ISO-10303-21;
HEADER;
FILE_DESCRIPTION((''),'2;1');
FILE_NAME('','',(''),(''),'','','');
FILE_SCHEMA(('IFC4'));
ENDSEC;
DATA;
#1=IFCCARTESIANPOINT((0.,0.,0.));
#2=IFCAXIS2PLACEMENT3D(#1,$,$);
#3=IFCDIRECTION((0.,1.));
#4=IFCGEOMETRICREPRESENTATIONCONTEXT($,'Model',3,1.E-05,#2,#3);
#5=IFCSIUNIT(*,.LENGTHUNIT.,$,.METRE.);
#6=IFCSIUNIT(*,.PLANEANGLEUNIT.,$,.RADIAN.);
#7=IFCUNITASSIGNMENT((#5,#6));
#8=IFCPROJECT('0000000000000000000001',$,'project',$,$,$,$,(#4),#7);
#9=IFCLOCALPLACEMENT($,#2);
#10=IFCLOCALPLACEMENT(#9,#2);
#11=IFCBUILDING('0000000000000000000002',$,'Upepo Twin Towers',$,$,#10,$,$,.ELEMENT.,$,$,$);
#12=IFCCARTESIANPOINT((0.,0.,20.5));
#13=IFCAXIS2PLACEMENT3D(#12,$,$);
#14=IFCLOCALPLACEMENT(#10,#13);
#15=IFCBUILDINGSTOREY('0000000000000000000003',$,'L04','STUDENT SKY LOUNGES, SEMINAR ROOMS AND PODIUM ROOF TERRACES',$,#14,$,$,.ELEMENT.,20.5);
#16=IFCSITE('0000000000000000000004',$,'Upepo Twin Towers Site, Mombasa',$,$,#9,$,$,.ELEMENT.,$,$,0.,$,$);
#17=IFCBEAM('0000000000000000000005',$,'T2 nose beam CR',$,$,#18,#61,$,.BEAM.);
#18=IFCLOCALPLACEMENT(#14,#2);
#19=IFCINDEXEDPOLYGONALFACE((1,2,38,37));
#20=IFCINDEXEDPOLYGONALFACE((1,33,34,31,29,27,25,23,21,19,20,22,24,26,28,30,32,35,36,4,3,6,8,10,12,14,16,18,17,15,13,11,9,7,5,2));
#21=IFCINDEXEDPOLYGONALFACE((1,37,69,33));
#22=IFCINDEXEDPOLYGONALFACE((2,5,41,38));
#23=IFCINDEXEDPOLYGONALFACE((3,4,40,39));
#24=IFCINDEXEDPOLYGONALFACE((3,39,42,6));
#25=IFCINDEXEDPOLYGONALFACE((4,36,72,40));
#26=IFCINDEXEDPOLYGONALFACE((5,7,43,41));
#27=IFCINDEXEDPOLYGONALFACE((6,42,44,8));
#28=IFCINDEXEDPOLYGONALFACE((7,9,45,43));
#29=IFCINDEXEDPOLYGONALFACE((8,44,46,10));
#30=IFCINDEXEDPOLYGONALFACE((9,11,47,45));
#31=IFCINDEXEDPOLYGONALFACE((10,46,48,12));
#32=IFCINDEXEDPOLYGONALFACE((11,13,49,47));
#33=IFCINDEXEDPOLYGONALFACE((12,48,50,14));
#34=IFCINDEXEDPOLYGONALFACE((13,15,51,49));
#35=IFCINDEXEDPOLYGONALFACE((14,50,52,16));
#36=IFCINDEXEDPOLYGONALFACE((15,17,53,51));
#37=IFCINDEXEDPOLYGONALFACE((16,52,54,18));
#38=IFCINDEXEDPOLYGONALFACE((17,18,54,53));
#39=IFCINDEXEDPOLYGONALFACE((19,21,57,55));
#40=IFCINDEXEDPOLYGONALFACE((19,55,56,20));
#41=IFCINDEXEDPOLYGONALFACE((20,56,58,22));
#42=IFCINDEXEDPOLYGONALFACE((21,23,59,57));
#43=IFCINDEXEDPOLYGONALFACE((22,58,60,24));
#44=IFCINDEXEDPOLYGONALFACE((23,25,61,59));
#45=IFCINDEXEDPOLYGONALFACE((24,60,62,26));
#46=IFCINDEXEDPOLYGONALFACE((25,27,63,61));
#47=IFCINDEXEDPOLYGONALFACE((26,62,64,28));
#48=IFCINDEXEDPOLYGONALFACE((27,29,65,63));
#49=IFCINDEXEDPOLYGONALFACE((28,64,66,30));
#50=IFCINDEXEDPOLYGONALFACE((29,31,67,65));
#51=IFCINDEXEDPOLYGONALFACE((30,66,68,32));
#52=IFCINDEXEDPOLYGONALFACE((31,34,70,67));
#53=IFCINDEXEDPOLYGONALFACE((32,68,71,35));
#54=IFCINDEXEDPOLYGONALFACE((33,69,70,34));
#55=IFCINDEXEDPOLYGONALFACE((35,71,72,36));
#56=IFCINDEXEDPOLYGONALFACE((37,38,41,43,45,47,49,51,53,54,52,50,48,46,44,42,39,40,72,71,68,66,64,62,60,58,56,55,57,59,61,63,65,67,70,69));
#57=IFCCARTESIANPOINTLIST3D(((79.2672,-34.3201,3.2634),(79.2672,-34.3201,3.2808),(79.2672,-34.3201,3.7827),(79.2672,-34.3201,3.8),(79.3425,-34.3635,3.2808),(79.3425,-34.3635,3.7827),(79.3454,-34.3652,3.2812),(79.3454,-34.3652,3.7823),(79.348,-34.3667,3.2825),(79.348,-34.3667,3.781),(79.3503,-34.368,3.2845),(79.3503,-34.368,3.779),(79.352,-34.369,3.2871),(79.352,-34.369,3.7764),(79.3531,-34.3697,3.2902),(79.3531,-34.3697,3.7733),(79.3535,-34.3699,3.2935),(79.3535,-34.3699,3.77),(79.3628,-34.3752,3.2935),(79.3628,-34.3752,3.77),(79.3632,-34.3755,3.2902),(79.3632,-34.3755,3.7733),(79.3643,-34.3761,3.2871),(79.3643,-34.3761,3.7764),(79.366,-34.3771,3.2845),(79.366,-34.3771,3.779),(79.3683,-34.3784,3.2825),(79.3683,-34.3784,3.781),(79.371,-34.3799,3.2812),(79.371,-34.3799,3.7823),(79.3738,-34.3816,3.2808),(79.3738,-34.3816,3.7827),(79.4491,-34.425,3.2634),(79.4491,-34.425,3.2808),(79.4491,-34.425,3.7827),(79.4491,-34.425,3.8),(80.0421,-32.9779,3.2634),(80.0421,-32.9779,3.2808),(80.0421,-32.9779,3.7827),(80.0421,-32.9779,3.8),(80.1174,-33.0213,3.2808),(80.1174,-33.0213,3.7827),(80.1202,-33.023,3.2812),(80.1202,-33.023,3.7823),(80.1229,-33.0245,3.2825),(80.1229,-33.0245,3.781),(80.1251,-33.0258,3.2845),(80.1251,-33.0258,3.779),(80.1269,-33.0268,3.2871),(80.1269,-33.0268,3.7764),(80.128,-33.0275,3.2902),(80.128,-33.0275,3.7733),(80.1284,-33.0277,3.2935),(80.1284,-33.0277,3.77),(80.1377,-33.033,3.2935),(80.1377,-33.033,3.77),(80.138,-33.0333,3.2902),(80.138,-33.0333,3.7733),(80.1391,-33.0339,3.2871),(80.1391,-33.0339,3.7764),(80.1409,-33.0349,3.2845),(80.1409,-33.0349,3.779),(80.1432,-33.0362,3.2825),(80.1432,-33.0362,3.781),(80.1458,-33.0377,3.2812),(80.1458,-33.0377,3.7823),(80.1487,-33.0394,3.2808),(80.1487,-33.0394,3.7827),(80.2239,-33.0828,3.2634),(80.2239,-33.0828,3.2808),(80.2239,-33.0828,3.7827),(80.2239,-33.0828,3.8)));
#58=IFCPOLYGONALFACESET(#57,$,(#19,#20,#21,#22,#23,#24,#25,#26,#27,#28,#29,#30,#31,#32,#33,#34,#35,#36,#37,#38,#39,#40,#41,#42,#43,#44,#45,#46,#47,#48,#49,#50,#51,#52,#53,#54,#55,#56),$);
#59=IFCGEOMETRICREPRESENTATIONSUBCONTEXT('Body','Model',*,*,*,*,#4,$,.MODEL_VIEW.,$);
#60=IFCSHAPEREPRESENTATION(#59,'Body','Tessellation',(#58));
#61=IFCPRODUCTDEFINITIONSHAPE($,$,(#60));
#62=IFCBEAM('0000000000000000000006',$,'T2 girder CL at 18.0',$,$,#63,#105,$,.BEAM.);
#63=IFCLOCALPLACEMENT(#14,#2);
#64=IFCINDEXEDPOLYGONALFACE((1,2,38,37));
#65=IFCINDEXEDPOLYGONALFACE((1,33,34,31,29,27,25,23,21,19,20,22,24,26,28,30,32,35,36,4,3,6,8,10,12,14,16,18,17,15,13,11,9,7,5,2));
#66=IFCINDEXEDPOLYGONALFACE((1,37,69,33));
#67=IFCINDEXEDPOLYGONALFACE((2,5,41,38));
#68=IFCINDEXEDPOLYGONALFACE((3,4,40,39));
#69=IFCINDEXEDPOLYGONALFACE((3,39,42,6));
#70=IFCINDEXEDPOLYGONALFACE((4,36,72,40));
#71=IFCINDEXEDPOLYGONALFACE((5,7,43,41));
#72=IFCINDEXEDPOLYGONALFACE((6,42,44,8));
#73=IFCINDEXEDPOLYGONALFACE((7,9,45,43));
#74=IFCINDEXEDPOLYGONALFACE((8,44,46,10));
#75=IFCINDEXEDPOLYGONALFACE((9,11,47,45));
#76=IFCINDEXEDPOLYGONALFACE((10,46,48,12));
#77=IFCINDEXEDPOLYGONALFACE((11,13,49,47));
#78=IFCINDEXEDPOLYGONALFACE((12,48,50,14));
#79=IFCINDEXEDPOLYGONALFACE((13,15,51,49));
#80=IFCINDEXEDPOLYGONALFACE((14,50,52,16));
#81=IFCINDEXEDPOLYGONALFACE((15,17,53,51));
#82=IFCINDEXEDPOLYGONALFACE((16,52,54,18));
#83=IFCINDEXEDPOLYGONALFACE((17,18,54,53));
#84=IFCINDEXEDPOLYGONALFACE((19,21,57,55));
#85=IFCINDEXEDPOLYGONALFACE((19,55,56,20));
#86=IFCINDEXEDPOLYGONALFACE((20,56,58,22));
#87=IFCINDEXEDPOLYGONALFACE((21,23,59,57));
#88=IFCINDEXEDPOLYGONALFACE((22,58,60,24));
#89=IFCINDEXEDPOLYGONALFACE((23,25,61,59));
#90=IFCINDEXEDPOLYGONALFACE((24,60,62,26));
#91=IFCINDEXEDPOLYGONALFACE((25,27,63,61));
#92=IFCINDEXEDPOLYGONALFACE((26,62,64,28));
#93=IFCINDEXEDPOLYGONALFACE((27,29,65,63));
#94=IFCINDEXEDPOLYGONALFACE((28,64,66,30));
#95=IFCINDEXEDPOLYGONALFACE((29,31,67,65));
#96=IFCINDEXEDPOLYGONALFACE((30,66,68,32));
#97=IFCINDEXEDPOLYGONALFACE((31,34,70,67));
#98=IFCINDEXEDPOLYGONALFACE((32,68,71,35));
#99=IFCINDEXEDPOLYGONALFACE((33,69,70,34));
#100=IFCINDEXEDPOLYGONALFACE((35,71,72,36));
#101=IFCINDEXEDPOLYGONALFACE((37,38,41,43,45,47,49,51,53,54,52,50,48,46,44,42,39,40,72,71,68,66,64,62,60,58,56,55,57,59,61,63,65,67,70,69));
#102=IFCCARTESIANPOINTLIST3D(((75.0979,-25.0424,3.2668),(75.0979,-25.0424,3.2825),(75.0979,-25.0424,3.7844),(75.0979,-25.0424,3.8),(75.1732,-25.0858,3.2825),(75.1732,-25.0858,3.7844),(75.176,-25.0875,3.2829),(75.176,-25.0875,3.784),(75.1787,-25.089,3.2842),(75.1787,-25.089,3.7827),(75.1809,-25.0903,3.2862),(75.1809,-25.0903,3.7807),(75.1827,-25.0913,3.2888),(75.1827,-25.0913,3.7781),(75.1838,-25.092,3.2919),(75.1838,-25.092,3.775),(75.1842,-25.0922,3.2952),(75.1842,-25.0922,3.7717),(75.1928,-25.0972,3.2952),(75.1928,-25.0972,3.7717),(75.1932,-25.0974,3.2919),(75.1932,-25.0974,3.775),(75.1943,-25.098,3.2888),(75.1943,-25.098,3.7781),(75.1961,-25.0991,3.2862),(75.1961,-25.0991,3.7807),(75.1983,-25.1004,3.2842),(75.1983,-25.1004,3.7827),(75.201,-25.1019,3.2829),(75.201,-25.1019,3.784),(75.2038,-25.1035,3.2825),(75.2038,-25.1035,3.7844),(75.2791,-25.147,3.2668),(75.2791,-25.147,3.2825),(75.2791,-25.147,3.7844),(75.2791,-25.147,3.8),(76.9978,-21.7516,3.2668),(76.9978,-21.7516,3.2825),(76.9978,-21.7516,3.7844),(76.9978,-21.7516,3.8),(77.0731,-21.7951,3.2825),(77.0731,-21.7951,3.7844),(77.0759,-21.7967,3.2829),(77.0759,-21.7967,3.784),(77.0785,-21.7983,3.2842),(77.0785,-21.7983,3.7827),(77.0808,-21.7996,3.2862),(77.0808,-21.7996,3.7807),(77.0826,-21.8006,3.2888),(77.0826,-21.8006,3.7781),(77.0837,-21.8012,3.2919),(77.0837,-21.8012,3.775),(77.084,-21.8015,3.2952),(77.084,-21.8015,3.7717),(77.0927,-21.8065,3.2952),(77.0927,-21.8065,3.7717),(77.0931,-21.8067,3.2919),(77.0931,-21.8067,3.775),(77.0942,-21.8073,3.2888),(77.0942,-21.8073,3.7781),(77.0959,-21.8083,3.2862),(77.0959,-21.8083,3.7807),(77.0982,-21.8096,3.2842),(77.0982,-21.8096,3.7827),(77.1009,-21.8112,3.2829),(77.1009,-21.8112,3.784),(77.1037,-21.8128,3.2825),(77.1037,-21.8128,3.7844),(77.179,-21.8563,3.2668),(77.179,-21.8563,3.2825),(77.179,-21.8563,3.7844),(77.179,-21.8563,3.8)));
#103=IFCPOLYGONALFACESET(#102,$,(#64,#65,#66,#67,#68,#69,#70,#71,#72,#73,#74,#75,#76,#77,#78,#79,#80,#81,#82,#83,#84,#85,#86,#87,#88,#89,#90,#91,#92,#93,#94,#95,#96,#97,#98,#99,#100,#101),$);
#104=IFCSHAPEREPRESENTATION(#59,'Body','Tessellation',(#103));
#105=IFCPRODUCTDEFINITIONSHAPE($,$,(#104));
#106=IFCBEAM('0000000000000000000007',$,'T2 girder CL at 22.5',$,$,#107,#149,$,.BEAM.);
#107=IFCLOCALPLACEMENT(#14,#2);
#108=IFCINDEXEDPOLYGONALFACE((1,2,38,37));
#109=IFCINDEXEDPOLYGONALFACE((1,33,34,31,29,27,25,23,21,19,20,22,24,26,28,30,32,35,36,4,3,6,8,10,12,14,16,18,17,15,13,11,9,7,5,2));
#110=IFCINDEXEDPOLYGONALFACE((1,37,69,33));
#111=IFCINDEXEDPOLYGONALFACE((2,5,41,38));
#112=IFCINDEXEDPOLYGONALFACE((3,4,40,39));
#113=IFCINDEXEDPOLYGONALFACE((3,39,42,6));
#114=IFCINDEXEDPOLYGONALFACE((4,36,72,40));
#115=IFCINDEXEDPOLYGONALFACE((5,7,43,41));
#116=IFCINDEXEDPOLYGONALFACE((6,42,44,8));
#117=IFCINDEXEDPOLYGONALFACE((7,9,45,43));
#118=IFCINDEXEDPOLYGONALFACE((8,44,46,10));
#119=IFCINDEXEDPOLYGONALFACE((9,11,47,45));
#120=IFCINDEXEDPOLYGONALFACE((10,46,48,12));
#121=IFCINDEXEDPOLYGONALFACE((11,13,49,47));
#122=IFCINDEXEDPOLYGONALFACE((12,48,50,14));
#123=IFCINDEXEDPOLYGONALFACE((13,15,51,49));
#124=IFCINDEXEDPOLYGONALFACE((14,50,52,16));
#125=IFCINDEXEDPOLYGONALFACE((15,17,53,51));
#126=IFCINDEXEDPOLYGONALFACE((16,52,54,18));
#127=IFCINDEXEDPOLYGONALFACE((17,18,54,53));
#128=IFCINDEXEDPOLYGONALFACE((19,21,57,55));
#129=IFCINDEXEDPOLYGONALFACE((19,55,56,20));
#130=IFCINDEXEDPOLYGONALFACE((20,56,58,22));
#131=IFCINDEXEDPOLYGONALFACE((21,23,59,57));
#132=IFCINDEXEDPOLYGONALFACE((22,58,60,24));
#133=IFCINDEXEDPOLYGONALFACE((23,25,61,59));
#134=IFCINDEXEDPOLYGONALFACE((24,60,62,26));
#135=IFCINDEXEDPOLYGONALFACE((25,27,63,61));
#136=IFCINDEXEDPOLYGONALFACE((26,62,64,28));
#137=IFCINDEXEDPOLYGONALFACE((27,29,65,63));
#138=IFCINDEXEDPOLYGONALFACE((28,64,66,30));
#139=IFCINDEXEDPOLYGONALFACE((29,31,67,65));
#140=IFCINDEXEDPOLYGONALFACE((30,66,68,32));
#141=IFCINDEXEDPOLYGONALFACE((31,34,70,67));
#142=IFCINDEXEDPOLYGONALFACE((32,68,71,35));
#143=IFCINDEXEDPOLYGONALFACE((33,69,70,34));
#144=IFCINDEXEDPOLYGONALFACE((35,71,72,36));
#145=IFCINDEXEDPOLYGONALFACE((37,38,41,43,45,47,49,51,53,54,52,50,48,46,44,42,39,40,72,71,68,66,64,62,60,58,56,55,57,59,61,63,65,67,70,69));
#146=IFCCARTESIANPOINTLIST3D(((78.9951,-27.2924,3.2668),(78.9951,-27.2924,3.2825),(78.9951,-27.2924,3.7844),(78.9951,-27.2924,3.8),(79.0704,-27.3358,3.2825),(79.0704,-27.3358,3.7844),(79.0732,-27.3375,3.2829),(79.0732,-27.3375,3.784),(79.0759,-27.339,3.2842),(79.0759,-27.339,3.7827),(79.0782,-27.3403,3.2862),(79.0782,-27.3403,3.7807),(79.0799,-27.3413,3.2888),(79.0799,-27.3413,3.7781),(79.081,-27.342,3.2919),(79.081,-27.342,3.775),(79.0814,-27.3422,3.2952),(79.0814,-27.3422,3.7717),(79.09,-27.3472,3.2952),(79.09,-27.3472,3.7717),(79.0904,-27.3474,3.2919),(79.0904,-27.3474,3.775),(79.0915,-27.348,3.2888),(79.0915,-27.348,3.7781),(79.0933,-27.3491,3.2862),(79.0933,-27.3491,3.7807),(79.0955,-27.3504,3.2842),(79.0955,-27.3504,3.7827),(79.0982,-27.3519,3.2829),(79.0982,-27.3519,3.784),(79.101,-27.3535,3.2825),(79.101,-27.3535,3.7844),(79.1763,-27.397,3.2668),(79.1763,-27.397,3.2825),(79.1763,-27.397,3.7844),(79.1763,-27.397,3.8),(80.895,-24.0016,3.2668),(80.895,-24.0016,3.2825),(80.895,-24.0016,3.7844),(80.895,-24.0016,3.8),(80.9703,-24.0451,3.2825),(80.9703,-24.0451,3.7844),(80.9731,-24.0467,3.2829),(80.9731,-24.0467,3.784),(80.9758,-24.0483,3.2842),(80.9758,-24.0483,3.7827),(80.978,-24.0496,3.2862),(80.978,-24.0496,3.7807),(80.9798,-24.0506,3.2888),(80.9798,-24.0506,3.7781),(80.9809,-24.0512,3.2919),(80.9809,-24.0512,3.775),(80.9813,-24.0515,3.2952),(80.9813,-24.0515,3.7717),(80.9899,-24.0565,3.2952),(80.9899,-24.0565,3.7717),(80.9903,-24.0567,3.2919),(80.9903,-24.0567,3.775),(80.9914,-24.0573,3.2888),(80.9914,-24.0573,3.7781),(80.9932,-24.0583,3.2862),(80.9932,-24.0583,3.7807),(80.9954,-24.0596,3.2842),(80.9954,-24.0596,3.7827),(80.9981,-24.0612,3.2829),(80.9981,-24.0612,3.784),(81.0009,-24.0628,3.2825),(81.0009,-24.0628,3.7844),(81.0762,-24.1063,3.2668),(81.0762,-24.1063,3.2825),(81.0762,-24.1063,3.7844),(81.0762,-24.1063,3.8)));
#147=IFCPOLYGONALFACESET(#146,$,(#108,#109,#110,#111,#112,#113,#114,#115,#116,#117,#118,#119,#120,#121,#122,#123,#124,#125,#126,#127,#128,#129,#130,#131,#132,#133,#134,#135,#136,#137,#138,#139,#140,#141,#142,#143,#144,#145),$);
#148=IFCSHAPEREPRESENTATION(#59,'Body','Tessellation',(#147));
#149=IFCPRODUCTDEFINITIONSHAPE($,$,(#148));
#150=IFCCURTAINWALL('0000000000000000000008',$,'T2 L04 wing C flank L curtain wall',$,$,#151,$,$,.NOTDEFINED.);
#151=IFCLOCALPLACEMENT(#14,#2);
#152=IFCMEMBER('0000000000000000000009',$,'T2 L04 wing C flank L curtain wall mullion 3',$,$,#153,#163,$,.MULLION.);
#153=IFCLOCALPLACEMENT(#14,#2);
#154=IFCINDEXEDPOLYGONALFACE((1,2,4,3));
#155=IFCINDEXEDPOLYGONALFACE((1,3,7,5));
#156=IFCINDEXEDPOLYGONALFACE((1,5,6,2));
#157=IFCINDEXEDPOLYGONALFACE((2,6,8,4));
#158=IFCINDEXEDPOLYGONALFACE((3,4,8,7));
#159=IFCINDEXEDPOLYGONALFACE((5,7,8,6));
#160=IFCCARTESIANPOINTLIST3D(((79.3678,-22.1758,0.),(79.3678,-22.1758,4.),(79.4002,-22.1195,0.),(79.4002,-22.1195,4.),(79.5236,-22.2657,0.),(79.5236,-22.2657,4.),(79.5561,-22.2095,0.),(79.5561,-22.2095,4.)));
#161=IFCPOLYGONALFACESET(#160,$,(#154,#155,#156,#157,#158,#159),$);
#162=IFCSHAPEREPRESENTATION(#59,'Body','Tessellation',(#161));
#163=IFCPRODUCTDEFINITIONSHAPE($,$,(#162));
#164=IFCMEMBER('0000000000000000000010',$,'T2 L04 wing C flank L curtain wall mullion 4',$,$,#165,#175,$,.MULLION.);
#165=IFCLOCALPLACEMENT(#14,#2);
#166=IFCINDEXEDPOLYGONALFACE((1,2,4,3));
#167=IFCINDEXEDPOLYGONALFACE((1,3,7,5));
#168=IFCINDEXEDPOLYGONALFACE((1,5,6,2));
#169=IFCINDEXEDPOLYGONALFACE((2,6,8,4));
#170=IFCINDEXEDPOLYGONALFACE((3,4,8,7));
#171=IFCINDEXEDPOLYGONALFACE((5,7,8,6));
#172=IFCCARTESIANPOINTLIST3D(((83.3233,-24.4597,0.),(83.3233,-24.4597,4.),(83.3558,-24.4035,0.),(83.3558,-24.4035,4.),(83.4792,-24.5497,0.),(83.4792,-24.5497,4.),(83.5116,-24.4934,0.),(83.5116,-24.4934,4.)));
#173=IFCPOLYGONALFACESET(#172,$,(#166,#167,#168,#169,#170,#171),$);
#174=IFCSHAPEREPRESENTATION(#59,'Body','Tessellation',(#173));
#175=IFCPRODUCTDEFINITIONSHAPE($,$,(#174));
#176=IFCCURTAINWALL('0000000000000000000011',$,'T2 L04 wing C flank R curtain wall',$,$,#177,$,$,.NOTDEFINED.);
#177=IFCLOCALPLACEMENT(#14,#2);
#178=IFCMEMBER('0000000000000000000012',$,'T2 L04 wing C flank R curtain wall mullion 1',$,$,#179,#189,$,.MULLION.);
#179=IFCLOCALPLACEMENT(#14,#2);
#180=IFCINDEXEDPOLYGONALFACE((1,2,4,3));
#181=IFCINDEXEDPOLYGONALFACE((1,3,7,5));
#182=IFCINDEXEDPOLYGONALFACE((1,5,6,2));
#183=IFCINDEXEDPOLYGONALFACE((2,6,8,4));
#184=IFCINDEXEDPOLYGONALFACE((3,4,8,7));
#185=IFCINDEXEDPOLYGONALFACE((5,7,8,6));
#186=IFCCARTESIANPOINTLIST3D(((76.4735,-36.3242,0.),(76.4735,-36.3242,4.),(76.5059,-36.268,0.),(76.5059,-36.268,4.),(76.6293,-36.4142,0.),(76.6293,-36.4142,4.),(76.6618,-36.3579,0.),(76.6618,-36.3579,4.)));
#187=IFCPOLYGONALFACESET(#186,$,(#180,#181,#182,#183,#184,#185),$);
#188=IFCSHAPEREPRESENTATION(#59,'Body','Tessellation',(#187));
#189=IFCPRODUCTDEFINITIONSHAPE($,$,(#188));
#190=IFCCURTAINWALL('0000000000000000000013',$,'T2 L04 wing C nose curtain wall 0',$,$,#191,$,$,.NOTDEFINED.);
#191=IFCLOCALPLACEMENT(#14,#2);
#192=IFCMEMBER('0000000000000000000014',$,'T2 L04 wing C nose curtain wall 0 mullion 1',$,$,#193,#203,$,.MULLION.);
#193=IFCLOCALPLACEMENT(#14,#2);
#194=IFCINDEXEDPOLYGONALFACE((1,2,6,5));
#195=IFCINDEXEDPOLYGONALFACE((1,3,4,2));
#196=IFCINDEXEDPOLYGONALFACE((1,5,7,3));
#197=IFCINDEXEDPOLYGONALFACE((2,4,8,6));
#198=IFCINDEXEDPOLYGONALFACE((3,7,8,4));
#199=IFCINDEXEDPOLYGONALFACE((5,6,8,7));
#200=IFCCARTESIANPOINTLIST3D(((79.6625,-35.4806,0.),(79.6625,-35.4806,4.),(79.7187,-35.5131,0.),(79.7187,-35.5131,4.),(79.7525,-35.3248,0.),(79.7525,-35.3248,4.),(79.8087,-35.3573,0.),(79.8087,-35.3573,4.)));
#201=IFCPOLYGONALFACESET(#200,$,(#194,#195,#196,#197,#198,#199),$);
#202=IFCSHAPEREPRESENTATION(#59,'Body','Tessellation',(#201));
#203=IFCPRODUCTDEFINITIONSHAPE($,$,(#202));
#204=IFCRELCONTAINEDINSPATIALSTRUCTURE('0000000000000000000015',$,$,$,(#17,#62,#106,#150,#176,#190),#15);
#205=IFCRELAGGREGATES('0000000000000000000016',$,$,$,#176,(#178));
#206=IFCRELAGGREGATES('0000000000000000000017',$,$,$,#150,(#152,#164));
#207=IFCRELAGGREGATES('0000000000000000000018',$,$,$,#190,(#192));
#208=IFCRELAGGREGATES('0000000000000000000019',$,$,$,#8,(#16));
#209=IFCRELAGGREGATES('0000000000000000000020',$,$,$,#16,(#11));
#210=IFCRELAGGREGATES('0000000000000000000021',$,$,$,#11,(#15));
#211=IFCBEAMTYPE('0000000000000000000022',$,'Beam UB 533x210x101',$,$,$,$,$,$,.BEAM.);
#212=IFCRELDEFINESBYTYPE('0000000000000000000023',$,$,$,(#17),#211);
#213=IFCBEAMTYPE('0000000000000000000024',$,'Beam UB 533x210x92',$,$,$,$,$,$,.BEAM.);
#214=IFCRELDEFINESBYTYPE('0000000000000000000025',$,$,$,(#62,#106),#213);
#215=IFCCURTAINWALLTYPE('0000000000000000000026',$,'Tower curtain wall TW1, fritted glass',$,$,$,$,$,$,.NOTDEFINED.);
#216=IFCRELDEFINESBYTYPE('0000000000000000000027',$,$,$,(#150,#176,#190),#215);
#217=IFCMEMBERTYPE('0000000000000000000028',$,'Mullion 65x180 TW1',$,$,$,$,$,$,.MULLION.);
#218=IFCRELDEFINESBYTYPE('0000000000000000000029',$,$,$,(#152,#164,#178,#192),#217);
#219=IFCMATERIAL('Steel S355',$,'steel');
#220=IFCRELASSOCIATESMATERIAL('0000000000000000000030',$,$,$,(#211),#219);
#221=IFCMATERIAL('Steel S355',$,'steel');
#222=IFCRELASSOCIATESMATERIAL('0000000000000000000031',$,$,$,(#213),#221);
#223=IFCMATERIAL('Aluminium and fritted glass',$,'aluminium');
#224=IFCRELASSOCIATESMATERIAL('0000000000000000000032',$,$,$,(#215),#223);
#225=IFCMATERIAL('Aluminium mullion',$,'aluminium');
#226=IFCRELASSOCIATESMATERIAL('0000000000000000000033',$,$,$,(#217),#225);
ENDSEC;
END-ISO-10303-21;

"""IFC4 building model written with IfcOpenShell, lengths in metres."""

from ifc_helpers import new_model, si_unit, direction, frame, origin, origin_2d, place, context, subcontext, project, spatial, rectangle, i_section, extrude, material, material_profile, profile_set, type_object, element, aggregate, save


model = new_model("IFC4")

# Units and contexts
model_context = context("Model", 3, precision=1e-05, world=origin(), true_north=direction((0.0, 1.0)))
body_context = subcontext(model_context, "Body", "Model", "MODEL_VIEW")
ifc_project = project(units=[si_unit("LENGTHUNIT", "METRE"), si_unit("PLANEANGLEUNIT", "RADIAN")], contexts=[model_context])

# Site, building, storey
site_placement = place(None, origin())
site = spatial("IfcSite", under=ifc_project, at=site_placement, Name="Upepo Twin Towers Site, Mombasa", CompositionType="ELEMENT", RefElevation=0.0)
building_placement = place(site_placement, origin())
building = spatial("IfcBuilding", under=site, at=building_placement, Name="Upepo Twin Towers", CompositionType="ELEMENT")
storey_placement = place(building_placement, frame((0.0, 0.0, 20.5)))
storey = spatial("IfcBuildingStorey", under=building, at=storey_placement, Name="L04", Description="STUDENT SKY LOUNGES, SEMINAR ROOMS AND PODIUM ROOF TERRACES", CompositionType="ELEMENT", Elevation=20.5)

# Beams
ifc_material_1 = material(Name="Steel S355", Category="steel")
ifc_material_profile_1 = material_profile(ifc_material_1, i_section(OverallWidth=0.21, OverallDepth=0.5366, WebThickness=0.0107, FlangeThickness=0.0173, FilletRadius=0.0127, at=origin_2d()), Name="UB 533x210x101")
ifc_profile_set_1 = profile_set([ifc_material_profile_1], Name="Steel S355")
beam_type_1 = type_object("IfcBeamType", Name="Beam UB 533x210x101", PredefinedType="BEAM", material=ifc_profile_set_1)
for number, where, z_axis, x_axis, name in (
    (1, (79.3582, -34.3726, 3.5317), (0.499968, 0.866044, 0.0), (-0.866044, 0.499968, 0.0), "T2 nose beam CR"),
):
    element("IfcBeam", number, at=place(storey_placement, frame(where, z_axis=z_axis, x_axis=x_axis)), inside=storey, type_object=beam_type_1, Name=name, PredefinedType="BEAM", context=body_context, shape_type="SweptSolid", body=[
        extrude(i_section(OverallWidth=0.21, OverallDepth=0.5366, WebThickness=0.0107, FlangeThickness=0.0173, FilletRadius=0.0127, at=origin_2d()), origin(), (0.0, 0.0, 1.0), 1.5498),
    ])
ifc_material_2 = material(Name="Steel S355", Category="steel")
ifc_material_profile_2 = material_profile(ifc_material_2, i_section(OverallWidth=0.2092, OverallDepth=0.5332, WebThickness=0.01, FlangeThickness=0.0156, FilletRadius=0.0127, at=origin_2d()), Name="UB 533x210x92")
ifc_profile_set_2 = profile_set([ifc_material_profile_2], Name="Steel S355")
beam_type_2 = type_object("IfcBeamType", Name="Beam UB 533x210x92", PredefinedType="BEAM", material=ifc_profile_set_2)
for number, where, z_axis, x_axis, name in (
    (2, (77.0884, -21.804, 3.5334), (-0.499995, -0.866028, 0.0), (0.866028, -0.499995, 0.0), "T2 girder CL at 18.0"),
    (3, (80.9856, -24.054, 3.5334), (-0.499995, -0.866028, 0.0), (0.866028, -0.499995, 0.0), "T2 girder CL at 22.5"),
):
    element("IfcBeam", number, at=place(storey_placement, frame(where, z_axis=z_axis, x_axis=x_axis)), inside=storey, type_object=beam_type_2, Name=name, PredefinedType="BEAM", context=body_context, shape_type="SweptSolid", body=[
        extrude(i_section(OverallWidth=0.2092, OverallDepth=0.5332, WebThickness=0.01, FlangeThickness=0.0156, FilletRadius=0.0127, at=origin_2d()), origin(), (0.0, 0.0, 1.0), 3.7998),
    ])

# Curtain wall, members
ifc_material_3 = material(Name="Aluminium and fritted glass", Category="aluminium")
curtain_wall_type = type_object("IfcCurtainWallType", Name="Tower curtain wall TW1, fritted glass", PredefinedType="NOTDEFINED", material=ifc_material_3)
curtain_wall_1_placement = place(storey_placement, origin())
curtain_wall_1 = element("IfcCurtainWall", 4, at=curtain_wall_1_placement, inside=storey, type_object=curtain_wall_type, Name="T2 L04 wing C flank L curtain wall", PredefinedType="NOTDEFINED")
ifc_material_4 = material(Name="Aluminium mullion", Category="aluminium")
ifc_material_profile_3 = material_profile(ifc_material_4, rectangle(XDim=0.0649, YDim=0.1799, at=origin_2d()), Name="MULLION 65x180")
ifc_profile_set_3 = profile_set([ifc_material_profile_3], Name="Aluminium mullion")
member_type_1 = type_object("IfcMemberType", Name="Mullion 65x180 TW1", PredefinedType="MULLION", material=ifc_profile_set_3)
member_1_placement = place(storey_placement, frame((79.4619, -22.1926, 0.0), z_axis=(0.0, 0.0, 1.0), x_axis=(0.5, 0.866025, 0.0)))
member_1 = element("IfcMember", 5, at=member_1_placement, type_object=member_type_1, Name="T2 L04 wing C flank L curtain wall mullion 3", PredefinedType="MULLION", context=body_context, shape_type="SweptSolid", body=[
    extrude(rectangle(XDim=0.0649, YDim=0.1799, at=origin_2d()), origin(), (0.0, 0.0, 1.0), 4.0),
])
member_2_placement = place(storey_placement, frame((83.4175, -24.4766, 0.0), z_axis=(0.0, 0.0, 1.0), x_axis=(0.5, 0.866025, 0.0)))
member_2 = element("IfcMember", 6, at=member_2_placement, type_object=member_type_1, Name="T2 L04 wing C flank L curtain wall mullion 4", PredefinedType="MULLION", context=body_context, shape_type="SweptSolid", body=[
    extrude(rectangle(XDim=0.0649, YDim=0.1799, at=origin_2d()), origin(), (0.0, 0.0, 1.0), 4.0),
])

# Curtain wall, member
curtain_wall_2_placement = place(storey_placement, origin())
curtain_wall_2 = element("IfcCurtainWall", 7, at=curtain_wall_2_placement, inside=storey, type_object=curtain_wall_type, Name="T2 L04 wing C flank R curtain wall", PredefinedType="NOTDEFINED")
member_3_placement = place(storey_placement, frame((76.5676, -36.3411, 0.0), z_axis=(0.0, 0.0, 1.0), x_axis=(-0.5, -0.866025, 0.0)))
member_3 = element("IfcMember", 8, at=member_3_placement, type_object=member_type_1, Name="T2 L04 wing C flank R curtain wall mullion 1", PredefinedType="MULLION", context=body_context, shape_type="SweptSolid", body=[
    extrude(rectangle(XDim=0.0649, YDim=0.1799, at=origin_2d()), origin(), (0.0, 0.0, 1.0), 4.0),
])

# Curtain wall, member
curtain_wall_3_placement = place(storey_placement, origin())
curtain_wall_3 = element("IfcCurtainWall", 9, at=curtain_wall_3_placement, inside=storey, type_object=curtain_wall_type, Name="T2 L04 wing C nose curtain wall 0", PredefinedType="NOTDEFINED")
member_4_placement = place(storey_placement, frame((79.7356, -35.4189, 0.0), z_axis=(0.0, 0.0, 1.0), x_axis=(-0.866025, 0.5, 0.0)))
member_4 = element("IfcMember", 10, at=member_4_placement, type_object=member_type_1, Name="T2 L04 wing C nose curtain wall 0 mullion 1", PredefinedType="MULLION", context=body_context, shape_type="SweptSolid", body=[
    extrude(rectangle(XDim=0.0649, YDim=0.1799, at=origin_2d()), origin(), (0.0, 0.0, 1.0), 4.0),
])

aggregate(curtain_wall_2, [member_3])

aggregate(curtain_wall_1, [member_1, member_2])
aggregate(curtain_wall_3, [member_4])

save(model, "model.ifc")
